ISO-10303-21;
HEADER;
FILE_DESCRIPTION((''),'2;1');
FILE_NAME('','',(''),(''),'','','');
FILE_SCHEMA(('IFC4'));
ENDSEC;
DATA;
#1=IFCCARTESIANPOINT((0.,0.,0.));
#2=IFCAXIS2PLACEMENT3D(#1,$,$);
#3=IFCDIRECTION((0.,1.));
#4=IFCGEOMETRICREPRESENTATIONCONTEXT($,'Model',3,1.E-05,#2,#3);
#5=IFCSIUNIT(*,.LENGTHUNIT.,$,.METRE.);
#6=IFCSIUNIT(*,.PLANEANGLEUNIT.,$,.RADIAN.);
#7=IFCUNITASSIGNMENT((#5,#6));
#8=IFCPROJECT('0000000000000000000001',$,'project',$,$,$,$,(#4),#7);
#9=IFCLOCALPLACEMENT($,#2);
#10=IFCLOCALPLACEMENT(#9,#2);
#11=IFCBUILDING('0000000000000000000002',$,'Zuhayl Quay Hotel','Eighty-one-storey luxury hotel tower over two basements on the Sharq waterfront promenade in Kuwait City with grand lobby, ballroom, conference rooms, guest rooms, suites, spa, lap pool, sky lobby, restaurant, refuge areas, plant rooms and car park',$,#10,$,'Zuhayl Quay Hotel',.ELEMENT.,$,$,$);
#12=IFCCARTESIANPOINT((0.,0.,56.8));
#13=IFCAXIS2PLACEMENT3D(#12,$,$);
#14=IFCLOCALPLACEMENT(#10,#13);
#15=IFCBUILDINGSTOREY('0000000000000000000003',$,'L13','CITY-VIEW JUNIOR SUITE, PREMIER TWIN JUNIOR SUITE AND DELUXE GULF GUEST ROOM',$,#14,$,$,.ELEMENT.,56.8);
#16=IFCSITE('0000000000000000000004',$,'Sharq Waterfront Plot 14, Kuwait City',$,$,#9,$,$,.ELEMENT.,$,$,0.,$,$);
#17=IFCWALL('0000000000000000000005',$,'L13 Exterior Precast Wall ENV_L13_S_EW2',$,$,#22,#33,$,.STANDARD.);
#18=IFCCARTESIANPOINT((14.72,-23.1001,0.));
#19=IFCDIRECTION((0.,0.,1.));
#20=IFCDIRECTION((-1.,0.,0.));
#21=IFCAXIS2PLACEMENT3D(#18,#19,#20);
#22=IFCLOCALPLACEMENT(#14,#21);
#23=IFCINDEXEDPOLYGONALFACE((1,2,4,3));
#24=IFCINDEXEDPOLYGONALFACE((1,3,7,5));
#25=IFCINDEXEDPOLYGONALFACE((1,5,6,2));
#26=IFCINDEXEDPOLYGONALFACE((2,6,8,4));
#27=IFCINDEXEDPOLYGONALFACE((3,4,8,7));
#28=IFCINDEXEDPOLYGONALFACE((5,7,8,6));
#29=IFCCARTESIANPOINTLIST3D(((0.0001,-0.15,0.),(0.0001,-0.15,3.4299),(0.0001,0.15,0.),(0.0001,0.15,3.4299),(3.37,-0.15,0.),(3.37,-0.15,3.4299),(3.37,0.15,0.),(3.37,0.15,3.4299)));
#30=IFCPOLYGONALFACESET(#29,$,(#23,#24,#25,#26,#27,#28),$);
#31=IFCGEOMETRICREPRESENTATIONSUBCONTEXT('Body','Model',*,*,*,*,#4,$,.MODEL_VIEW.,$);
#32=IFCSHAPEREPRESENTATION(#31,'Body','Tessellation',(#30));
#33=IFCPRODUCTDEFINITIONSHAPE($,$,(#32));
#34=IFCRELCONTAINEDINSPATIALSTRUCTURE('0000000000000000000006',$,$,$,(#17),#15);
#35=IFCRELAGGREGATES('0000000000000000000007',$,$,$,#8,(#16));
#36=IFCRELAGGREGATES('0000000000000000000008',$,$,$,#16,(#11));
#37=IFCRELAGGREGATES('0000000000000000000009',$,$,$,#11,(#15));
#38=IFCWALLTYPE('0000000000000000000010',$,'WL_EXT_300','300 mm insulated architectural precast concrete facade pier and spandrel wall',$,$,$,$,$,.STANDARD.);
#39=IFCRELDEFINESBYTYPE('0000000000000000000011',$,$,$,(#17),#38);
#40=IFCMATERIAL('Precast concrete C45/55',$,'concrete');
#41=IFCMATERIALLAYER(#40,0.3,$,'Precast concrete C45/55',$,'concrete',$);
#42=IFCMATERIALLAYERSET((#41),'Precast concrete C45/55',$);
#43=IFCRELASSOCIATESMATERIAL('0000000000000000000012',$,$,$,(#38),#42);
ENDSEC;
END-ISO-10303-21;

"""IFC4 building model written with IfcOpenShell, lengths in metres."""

from ifc_helpers import new_model, si_unit, direction, frame, frame_2d, origin, place, context, subcontext, project, spatial, rectangle, extrude, material, layer, layer_set, type_object, element, save


model = new_model("IFC4")

# Units and contexts
model_context = context("Model", 3, precision=1e-05, world=origin(), true_north=direction((0.0, 1.0)))
body_context = subcontext(model_context, "Body", "Model", "MODEL_VIEW")
ifc_project = project(units=[si_unit("LENGTHUNIT", "METRE"), si_unit("PLANEANGLEUNIT", "RADIAN")], contexts=[model_context])

# Site, building, storey
site_placement = place(None, origin())
site = spatial("IfcSite", under=ifc_project, at=site_placement, Name="Sharq Waterfront Plot 14, Kuwait City", CompositionType="ELEMENT", RefElevation=0.0)
building_placement = place(site_placement, origin())
building = spatial("IfcBuilding", under=site, at=building_placement, Name="Zuhayl Quay Hotel", Description="Eighty-one-storey luxury hotel tower over two basements on the Sharq waterfront promenade in Kuwait City with grand lobby, ballroom, conference rooms, guest rooms, suites, spa, lap pool, sky lobby, restaurant, refuge areas, plant rooms and car park", LongName="Zuhayl Quay Hotel", CompositionType="ELEMENT")
storey_placement = place(building_placement, frame((0.0, 0.0, 56.8)))
storey = spatial("IfcBuildingStorey", under=building, at=storey_placement, Name="L13", Description="CITY-VIEW JUNIOR SUITE, PREMIER TWIN JUNIOR SUITE AND DELUXE GULF GUEST ROOM", CompositionType="ELEMENT", Elevation=56.8)

# Shared definitions
ifc_material_1 = material(Name="Precast concrete C45/55", Category="concrete")
ifc_layer_1 = layer(ifc_material_1, 0.3, Name="Precast concrete C45/55", Category="concrete")
ifc_layer_set_1 = layer_set([ifc_layer_1], Name="Precast concrete C45/55")
wall_type_1 = type_object("IfcWallType", Name="WL_EXT_300", Description="300 mm insulated architectural precast concrete facade pier and spandrel wall", PredefinedType="STANDARD", material=ifc_layer_set_1)

# Wall
wall_1_placement = place(storey_placement, frame((14.72, -23.1001, 0.0), z_axis=(0.0, 0.0, 1.0), x_axis=(-1.0, 0.0, 0.0)))
element("IfcWall", 1, at=wall_1_placement, inside=storey, type_object=wall_type_1, Name="L13 Exterior Precast Wall ENV_L13_S_EW2", PredefinedType="STANDARD", context=body_context, shape_type="SweptSolid", body=[
    extrude(rectangle(XDim=3.3699, YDim=0.3, at=frame_2d((1.6851, 0.0))), origin(), (0.0, 0.0, 1.0), 3.4299),
])

save(model, "model.ifc")
